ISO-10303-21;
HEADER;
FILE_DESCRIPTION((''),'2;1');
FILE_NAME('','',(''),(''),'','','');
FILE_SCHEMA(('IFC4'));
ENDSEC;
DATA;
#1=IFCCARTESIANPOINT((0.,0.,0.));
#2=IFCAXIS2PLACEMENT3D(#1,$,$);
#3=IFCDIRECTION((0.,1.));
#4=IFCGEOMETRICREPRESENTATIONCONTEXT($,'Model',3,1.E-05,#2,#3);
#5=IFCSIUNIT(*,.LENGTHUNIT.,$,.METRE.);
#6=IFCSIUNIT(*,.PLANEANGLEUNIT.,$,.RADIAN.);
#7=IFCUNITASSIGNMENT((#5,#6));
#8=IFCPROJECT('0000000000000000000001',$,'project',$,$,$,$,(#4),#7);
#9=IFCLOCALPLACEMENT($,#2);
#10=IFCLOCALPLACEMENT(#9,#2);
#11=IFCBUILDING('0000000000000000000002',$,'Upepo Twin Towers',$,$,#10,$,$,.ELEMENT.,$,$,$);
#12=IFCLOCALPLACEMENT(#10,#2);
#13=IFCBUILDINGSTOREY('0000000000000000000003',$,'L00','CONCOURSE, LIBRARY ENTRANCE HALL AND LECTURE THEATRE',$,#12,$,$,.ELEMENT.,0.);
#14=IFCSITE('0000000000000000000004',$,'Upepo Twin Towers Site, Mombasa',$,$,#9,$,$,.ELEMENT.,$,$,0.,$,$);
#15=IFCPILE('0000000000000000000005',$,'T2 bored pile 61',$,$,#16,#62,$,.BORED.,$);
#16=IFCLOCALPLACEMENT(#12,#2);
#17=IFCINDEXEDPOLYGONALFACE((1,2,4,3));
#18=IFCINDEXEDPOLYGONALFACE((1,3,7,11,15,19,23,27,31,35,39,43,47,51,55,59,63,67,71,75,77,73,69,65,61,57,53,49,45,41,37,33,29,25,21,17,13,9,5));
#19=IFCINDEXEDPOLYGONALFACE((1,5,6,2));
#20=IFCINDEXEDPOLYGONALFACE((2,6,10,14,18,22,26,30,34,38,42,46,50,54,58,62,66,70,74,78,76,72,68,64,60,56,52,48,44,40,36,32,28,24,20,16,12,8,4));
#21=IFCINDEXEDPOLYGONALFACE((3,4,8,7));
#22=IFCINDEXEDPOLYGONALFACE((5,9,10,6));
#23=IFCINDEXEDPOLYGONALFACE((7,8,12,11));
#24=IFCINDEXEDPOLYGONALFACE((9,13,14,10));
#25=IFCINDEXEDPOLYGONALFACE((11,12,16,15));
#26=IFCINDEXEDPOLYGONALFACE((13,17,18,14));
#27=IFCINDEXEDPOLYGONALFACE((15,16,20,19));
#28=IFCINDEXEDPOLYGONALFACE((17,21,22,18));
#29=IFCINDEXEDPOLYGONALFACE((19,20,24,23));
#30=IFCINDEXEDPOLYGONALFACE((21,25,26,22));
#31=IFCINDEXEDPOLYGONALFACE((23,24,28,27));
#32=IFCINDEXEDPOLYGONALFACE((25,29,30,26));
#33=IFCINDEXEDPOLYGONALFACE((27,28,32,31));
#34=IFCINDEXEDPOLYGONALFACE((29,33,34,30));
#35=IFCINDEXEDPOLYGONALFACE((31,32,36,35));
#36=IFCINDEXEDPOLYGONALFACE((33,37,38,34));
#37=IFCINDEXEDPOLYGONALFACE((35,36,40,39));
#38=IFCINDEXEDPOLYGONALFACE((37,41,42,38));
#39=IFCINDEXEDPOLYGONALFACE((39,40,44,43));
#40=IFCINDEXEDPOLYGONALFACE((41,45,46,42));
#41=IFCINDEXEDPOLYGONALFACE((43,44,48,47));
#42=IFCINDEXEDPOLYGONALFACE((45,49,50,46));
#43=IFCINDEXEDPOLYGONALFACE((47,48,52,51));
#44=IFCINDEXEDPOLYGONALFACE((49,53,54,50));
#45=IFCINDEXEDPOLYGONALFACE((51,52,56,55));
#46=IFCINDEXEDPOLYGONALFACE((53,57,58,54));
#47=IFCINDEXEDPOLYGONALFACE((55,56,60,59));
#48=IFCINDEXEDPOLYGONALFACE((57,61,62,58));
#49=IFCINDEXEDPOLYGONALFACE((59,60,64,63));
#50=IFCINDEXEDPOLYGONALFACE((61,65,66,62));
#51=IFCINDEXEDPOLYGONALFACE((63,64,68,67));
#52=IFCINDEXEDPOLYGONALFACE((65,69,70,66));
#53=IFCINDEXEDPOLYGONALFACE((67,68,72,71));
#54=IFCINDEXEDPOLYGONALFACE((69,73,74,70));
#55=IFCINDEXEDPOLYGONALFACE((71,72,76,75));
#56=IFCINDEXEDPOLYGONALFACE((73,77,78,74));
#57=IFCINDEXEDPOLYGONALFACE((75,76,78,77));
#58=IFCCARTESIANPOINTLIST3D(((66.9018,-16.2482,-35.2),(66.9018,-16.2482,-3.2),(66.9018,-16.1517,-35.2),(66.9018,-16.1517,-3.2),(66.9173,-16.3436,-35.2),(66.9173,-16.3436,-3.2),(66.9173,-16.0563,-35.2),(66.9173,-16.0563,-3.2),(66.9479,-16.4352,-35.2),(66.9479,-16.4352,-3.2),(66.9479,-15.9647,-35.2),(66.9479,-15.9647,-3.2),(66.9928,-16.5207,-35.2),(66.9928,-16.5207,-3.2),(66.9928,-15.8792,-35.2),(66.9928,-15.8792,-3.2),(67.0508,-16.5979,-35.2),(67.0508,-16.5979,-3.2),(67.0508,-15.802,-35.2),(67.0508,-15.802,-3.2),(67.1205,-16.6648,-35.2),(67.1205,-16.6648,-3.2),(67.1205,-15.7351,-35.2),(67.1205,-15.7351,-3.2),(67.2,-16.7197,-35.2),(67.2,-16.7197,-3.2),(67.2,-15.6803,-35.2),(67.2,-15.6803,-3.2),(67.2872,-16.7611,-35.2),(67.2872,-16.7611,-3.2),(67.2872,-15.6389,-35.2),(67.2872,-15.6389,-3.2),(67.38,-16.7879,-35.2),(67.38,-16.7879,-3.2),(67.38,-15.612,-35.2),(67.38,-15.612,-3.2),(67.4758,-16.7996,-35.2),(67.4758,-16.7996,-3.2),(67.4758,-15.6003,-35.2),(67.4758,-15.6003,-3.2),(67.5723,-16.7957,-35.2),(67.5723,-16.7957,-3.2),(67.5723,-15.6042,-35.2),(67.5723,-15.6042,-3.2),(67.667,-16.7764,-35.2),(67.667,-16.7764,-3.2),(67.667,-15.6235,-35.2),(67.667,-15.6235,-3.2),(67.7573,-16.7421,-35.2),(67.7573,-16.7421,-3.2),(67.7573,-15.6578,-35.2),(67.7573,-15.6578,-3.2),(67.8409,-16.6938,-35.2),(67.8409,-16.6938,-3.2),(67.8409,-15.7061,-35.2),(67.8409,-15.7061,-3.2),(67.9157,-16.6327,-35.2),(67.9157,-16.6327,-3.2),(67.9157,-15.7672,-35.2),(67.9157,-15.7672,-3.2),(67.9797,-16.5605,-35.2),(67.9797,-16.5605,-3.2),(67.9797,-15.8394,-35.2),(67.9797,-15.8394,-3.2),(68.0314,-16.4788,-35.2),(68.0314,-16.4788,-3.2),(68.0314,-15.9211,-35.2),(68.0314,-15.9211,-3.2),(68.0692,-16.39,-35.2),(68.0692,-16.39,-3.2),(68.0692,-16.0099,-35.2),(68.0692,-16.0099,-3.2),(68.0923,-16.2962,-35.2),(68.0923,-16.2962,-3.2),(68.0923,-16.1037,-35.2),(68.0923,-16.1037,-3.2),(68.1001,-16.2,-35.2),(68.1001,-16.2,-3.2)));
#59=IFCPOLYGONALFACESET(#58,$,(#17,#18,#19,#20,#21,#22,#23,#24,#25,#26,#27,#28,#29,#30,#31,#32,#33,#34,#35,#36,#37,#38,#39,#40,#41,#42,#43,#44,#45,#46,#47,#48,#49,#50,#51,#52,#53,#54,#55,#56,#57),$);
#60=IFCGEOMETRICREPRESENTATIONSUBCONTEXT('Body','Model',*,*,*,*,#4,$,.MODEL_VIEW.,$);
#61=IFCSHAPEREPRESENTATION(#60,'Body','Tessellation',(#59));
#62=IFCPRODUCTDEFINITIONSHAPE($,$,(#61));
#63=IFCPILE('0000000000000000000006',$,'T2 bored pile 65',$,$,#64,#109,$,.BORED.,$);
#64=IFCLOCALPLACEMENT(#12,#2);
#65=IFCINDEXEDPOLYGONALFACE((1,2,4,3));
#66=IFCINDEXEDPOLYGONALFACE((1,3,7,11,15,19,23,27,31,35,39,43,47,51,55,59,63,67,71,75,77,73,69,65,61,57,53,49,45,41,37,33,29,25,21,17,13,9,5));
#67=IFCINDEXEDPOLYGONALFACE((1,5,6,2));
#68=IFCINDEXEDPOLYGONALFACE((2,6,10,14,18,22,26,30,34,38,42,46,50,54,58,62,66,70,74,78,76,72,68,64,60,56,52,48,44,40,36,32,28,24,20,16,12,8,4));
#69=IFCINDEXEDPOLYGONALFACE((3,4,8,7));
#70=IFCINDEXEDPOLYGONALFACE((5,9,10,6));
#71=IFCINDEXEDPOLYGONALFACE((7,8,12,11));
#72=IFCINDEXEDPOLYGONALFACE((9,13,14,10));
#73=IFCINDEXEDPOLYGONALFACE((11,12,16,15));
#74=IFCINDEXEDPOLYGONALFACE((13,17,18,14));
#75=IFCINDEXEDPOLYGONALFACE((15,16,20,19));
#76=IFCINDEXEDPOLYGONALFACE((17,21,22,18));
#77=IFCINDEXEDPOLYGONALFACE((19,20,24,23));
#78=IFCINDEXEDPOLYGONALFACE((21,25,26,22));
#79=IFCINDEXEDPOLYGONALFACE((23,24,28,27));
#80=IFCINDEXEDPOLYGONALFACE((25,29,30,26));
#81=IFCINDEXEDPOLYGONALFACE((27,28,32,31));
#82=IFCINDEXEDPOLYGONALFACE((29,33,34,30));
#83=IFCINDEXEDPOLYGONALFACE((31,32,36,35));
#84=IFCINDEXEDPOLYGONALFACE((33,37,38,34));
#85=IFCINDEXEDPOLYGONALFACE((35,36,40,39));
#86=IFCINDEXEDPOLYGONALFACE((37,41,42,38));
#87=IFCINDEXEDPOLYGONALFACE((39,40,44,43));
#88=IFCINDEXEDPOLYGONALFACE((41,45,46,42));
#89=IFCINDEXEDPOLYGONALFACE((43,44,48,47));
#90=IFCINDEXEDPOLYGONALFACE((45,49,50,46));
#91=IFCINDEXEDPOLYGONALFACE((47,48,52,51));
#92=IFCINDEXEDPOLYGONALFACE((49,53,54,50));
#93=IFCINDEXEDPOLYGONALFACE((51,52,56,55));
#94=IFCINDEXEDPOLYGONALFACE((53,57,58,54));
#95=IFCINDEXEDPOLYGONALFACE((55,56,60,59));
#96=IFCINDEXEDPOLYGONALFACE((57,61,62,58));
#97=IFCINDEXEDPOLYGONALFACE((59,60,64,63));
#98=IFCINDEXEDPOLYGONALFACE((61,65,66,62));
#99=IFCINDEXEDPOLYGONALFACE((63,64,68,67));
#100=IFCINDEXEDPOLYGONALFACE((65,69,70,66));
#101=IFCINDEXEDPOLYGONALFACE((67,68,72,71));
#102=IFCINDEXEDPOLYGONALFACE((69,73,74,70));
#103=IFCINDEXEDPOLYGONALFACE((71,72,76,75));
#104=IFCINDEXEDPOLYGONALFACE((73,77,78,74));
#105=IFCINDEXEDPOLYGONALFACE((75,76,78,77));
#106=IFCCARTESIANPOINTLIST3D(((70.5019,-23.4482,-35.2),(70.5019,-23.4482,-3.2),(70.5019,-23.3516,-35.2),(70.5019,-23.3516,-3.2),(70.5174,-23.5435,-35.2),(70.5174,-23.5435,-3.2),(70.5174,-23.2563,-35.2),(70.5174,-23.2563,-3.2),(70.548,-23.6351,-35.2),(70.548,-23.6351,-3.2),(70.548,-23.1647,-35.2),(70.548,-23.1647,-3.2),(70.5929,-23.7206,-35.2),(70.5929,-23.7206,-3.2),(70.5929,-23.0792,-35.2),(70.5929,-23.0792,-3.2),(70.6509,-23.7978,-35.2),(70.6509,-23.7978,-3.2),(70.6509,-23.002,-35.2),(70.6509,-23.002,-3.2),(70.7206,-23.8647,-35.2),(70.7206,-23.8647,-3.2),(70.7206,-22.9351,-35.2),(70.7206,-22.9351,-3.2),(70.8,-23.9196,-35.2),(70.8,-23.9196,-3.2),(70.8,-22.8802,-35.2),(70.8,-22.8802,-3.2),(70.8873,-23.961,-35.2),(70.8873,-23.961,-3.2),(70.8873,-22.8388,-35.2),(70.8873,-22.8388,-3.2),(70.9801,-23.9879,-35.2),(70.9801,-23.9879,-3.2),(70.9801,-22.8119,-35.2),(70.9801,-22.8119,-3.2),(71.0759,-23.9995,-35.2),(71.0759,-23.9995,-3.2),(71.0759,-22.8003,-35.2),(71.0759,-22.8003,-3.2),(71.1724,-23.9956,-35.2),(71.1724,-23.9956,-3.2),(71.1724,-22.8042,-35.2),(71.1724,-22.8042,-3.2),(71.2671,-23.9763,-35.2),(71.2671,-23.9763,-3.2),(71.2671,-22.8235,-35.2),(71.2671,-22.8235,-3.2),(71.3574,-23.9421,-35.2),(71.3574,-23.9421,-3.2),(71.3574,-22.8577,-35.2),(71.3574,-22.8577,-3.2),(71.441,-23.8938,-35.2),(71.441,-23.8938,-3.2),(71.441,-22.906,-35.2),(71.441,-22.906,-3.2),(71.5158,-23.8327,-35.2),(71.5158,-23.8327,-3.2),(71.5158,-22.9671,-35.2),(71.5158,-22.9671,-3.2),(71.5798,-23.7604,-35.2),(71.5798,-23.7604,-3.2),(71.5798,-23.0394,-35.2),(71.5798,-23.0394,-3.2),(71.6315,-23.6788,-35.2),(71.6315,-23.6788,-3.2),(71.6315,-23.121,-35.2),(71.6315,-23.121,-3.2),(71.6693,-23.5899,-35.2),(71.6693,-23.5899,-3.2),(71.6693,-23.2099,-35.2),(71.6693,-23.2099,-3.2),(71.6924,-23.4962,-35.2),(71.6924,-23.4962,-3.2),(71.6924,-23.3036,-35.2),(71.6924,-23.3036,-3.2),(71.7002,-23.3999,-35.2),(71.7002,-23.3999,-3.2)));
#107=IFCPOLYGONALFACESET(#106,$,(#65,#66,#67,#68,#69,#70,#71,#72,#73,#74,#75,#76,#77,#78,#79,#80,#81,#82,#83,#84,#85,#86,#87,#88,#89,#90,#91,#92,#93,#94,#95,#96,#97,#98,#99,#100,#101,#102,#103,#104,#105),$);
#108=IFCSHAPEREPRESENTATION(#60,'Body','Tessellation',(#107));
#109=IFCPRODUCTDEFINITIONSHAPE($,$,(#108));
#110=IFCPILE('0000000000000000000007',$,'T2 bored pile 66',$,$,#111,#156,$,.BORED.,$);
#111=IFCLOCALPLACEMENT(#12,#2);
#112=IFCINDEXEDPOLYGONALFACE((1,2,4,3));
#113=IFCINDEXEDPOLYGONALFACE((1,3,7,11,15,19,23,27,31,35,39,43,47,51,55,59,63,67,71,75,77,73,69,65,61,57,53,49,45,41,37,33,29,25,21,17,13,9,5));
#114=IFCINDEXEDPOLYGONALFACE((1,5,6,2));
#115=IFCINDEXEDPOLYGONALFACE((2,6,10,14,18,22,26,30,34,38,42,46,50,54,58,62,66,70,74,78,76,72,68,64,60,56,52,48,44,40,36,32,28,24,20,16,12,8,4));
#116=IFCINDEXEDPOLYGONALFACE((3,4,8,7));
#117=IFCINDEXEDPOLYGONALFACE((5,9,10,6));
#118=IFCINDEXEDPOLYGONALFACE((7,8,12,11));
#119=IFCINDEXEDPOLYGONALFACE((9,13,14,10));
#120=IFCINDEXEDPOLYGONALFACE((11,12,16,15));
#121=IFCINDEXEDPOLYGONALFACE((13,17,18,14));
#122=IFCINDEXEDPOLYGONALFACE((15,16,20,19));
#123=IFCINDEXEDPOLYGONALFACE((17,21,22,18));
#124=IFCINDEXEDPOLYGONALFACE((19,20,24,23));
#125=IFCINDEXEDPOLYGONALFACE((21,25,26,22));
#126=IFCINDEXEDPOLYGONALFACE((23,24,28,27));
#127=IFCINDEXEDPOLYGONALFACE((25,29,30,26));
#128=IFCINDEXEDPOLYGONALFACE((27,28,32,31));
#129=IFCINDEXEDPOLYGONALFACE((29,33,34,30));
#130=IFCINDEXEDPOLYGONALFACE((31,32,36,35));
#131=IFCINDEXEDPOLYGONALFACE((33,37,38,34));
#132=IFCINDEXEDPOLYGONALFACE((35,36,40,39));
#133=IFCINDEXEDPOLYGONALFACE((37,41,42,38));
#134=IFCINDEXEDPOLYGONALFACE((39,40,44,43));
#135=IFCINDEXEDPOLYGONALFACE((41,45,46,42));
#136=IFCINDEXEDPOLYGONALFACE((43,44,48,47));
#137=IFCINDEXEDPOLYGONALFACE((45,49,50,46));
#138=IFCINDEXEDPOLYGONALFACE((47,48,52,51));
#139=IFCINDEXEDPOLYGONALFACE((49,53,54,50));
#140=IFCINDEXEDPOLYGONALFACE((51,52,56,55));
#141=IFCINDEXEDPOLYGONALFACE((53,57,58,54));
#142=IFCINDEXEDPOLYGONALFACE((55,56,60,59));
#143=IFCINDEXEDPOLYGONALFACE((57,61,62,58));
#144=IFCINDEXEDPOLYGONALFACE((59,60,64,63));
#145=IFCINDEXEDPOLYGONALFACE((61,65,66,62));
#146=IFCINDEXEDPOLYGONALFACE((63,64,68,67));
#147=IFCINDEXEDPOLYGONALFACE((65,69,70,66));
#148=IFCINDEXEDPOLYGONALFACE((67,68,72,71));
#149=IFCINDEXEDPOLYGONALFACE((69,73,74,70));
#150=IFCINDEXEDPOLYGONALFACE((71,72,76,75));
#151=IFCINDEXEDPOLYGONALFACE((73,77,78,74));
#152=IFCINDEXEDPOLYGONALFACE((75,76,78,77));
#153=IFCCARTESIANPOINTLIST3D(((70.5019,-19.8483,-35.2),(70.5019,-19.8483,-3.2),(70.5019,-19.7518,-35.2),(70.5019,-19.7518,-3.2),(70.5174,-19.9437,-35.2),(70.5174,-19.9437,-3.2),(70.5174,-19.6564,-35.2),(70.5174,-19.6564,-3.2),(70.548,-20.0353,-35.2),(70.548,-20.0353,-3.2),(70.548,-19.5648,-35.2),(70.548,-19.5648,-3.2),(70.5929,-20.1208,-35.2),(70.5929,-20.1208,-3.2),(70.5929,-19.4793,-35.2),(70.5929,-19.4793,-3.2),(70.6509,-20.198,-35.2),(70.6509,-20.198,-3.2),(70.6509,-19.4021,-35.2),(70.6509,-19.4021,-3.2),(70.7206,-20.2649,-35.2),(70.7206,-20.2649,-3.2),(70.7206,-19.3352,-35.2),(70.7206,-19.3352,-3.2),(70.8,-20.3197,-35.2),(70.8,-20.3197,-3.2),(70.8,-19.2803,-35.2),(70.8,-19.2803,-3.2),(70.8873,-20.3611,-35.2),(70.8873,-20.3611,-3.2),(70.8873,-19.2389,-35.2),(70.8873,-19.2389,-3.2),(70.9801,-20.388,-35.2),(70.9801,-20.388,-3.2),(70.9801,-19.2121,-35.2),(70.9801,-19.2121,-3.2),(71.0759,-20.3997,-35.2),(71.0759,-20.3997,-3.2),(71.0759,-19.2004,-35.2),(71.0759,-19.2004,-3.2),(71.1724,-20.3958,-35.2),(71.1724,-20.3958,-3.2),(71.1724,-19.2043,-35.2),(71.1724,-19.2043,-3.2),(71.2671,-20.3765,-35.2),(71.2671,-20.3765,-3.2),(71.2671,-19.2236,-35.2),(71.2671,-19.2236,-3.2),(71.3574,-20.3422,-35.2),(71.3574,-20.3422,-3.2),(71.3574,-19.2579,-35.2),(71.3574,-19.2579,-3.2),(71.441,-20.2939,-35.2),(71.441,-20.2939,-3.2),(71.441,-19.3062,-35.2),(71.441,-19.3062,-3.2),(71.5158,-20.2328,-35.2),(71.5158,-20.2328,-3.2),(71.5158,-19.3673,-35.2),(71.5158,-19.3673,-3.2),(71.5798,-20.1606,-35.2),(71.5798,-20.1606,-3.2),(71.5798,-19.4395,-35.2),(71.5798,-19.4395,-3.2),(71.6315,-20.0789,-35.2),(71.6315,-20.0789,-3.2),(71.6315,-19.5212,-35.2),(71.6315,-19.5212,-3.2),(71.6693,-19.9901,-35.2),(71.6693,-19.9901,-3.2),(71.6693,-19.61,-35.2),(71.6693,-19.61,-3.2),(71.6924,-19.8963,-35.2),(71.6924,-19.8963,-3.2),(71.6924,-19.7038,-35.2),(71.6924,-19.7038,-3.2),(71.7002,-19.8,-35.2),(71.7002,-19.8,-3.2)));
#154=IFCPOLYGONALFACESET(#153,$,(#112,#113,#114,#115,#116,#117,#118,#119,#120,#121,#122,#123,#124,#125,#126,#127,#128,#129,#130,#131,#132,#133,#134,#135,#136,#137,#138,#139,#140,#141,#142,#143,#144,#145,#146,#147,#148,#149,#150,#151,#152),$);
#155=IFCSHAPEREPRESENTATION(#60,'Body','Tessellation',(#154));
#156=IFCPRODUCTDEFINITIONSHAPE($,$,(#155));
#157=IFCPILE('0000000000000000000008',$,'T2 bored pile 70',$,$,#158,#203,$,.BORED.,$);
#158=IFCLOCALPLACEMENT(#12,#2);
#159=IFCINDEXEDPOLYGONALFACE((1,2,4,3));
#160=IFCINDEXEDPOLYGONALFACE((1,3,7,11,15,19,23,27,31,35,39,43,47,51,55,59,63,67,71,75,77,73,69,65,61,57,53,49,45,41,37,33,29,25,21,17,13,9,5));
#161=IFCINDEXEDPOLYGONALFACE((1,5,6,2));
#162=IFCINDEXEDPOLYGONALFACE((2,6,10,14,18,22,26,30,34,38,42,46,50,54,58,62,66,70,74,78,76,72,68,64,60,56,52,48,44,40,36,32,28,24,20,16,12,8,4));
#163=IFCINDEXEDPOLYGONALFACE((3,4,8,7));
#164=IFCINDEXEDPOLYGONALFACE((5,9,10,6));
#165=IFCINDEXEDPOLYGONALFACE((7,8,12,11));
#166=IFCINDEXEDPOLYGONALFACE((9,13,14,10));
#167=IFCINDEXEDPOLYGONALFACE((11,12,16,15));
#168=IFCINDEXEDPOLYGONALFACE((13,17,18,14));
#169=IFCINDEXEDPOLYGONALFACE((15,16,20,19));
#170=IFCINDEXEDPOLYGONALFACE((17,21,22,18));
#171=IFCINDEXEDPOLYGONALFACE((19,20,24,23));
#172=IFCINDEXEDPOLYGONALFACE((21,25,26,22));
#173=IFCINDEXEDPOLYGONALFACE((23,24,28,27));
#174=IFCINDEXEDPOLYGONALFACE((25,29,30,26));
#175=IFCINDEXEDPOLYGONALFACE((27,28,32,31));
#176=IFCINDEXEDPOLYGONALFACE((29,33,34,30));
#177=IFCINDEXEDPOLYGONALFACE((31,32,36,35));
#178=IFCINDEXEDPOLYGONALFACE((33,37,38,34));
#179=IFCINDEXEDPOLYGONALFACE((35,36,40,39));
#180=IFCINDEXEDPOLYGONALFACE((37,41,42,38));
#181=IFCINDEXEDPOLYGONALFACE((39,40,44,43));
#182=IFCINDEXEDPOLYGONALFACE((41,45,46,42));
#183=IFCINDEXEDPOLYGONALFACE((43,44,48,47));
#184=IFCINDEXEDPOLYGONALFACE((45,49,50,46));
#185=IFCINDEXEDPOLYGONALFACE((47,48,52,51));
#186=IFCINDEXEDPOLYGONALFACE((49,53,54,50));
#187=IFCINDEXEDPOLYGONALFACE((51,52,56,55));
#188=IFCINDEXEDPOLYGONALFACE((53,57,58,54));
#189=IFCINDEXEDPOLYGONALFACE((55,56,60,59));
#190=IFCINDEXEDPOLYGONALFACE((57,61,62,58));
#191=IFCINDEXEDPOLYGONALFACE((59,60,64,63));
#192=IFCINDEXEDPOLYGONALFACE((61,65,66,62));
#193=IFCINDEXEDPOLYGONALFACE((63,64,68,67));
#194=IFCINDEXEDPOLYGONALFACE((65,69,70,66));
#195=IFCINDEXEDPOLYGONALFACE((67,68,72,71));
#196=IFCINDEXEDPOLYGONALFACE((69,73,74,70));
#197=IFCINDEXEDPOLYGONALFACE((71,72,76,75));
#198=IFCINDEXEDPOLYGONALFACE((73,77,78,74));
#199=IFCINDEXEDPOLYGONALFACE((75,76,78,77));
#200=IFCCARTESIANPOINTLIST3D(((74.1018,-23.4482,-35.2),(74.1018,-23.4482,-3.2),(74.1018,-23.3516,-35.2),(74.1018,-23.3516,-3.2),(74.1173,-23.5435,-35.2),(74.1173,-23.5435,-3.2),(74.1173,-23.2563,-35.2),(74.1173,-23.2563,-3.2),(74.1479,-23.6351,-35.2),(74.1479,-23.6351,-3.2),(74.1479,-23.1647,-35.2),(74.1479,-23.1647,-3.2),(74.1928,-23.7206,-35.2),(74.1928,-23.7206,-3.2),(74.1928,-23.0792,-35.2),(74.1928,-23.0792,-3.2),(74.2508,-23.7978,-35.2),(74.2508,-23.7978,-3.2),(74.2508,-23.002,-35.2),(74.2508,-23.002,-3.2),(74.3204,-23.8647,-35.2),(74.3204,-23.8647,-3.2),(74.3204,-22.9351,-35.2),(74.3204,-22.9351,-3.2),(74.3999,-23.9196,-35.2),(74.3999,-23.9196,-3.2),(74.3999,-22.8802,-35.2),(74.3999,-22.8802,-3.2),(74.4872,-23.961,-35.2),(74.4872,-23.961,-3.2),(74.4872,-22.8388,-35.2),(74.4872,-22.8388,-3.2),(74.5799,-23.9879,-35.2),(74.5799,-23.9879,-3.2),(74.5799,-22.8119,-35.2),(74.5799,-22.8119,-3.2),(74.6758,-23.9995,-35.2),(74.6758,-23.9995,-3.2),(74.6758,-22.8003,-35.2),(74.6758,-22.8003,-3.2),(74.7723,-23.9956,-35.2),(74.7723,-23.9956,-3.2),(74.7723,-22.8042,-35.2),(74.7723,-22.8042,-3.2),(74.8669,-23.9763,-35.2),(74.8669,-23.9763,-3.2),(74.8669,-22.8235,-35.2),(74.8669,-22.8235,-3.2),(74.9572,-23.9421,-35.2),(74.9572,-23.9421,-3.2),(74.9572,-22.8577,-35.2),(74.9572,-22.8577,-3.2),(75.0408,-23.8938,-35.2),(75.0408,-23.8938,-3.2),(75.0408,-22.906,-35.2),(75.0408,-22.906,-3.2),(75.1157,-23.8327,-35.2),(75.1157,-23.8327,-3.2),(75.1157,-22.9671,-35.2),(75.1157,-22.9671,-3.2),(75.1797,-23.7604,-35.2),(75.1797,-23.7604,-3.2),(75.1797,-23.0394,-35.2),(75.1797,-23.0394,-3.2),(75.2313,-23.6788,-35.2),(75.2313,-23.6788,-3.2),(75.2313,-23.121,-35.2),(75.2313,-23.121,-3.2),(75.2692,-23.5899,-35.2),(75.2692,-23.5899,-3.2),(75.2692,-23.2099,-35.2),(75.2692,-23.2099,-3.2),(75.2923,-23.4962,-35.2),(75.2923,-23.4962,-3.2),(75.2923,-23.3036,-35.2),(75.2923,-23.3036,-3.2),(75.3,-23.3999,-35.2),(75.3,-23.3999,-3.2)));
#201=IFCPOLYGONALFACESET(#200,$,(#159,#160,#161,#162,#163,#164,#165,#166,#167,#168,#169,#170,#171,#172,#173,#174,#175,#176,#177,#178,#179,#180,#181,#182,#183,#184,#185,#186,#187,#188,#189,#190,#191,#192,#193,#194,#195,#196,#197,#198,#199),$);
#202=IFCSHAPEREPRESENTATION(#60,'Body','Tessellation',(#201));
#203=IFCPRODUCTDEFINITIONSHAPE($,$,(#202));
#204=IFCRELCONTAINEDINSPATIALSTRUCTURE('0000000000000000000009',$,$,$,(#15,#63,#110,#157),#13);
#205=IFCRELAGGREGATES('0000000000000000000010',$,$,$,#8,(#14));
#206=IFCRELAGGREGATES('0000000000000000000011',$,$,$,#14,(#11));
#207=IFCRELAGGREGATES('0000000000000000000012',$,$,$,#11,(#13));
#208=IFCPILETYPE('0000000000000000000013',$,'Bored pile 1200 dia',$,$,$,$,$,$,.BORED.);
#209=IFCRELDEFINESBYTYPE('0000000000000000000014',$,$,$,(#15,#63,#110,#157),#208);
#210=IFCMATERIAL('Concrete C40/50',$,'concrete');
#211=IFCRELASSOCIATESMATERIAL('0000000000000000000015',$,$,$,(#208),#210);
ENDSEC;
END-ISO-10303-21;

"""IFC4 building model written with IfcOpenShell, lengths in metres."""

from ifc_helpers import new_model, si_unit, direction, frame, origin, origin_2d, place, context, subcontext, project, spatial, circle, extrude, material, type_object, element, save


model = new_model("IFC4")

# Units and contexts
model_context = context("Model", 3, precision=1e-05, world=origin(), true_north=direction((0.0, 1.0)))
body_context = subcontext(model_context, "Body", "Model", "MODEL_VIEW")
ifc_project = project(units=[si_unit("LENGTHUNIT", "METRE"), si_unit("PLANEANGLEUNIT", "RADIAN")], contexts=[model_context])

# Site, building, storey
site_placement = place(None, origin())
site = spatial("IfcSite", under=ifc_project, at=site_placement, Name="Upepo Twin Towers Site, Mombasa", CompositionType="ELEMENT", RefElevation=0.0)
building_placement = place(site_placement, origin())
building = spatial("IfcBuilding", under=site, at=building_placement, Name="Upepo Twin Towers", CompositionType="ELEMENT")
storey_placement = place(building_placement, origin())
storey = spatial("IfcBuildingStorey", under=building, at=storey_placement, Name="L00", Description="CONCOURSE, LIBRARY ENTRANCE HALL AND LECTURE THEATRE", CompositionType="ELEMENT", Elevation=0.0)

# Piles
ifc_material_1 = material(Name="Concrete C40/50", Category="concrete")
pile_type = type_object("IfcPileType", Name="Bored pile 1200 dia", PredefinedType="BORED", material=ifc_material_1)
for number, where, z_axis, x_axis, name in (
    (1, (67.5, -16.2, -3.2), (0.0, 0.0, -1.0), (1.0, 0.0, 0.0), "T2 bored pile 61"),
    (2, (71.1001, -23.3999, -3.2), (0.0, 0.0, -1.0), (1.0, 0.0, 0.0), "T2 bored pile 65"),
    (3, (71.1001, -19.8, -3.2), (0.0, 0.0, -1.0), (1.0, 0.0, 0.0), "T2 bored pile 66"),
    (4, (74.7, -23.3999, -3.2), (0.0, 0.0, -1.0), (1.0, 0.0, 0.0), "T2 bored pile 70"),
):
    element("IfcPile", number, at=place(storey_placement, frame(where, z_axis=z_axis, x_axis=x_axis)), inside=storey, type_object=pile_type, Name=name, PredefinedType="BORED", context=body_context, shape_type="SweptSolid", body=[
        extrude(circle(Radius=0.6001, at=origin_2d()), origin(), (0.0, 0.0, 1.0), 32.0),
    ])

save(model, "model.ifc")
